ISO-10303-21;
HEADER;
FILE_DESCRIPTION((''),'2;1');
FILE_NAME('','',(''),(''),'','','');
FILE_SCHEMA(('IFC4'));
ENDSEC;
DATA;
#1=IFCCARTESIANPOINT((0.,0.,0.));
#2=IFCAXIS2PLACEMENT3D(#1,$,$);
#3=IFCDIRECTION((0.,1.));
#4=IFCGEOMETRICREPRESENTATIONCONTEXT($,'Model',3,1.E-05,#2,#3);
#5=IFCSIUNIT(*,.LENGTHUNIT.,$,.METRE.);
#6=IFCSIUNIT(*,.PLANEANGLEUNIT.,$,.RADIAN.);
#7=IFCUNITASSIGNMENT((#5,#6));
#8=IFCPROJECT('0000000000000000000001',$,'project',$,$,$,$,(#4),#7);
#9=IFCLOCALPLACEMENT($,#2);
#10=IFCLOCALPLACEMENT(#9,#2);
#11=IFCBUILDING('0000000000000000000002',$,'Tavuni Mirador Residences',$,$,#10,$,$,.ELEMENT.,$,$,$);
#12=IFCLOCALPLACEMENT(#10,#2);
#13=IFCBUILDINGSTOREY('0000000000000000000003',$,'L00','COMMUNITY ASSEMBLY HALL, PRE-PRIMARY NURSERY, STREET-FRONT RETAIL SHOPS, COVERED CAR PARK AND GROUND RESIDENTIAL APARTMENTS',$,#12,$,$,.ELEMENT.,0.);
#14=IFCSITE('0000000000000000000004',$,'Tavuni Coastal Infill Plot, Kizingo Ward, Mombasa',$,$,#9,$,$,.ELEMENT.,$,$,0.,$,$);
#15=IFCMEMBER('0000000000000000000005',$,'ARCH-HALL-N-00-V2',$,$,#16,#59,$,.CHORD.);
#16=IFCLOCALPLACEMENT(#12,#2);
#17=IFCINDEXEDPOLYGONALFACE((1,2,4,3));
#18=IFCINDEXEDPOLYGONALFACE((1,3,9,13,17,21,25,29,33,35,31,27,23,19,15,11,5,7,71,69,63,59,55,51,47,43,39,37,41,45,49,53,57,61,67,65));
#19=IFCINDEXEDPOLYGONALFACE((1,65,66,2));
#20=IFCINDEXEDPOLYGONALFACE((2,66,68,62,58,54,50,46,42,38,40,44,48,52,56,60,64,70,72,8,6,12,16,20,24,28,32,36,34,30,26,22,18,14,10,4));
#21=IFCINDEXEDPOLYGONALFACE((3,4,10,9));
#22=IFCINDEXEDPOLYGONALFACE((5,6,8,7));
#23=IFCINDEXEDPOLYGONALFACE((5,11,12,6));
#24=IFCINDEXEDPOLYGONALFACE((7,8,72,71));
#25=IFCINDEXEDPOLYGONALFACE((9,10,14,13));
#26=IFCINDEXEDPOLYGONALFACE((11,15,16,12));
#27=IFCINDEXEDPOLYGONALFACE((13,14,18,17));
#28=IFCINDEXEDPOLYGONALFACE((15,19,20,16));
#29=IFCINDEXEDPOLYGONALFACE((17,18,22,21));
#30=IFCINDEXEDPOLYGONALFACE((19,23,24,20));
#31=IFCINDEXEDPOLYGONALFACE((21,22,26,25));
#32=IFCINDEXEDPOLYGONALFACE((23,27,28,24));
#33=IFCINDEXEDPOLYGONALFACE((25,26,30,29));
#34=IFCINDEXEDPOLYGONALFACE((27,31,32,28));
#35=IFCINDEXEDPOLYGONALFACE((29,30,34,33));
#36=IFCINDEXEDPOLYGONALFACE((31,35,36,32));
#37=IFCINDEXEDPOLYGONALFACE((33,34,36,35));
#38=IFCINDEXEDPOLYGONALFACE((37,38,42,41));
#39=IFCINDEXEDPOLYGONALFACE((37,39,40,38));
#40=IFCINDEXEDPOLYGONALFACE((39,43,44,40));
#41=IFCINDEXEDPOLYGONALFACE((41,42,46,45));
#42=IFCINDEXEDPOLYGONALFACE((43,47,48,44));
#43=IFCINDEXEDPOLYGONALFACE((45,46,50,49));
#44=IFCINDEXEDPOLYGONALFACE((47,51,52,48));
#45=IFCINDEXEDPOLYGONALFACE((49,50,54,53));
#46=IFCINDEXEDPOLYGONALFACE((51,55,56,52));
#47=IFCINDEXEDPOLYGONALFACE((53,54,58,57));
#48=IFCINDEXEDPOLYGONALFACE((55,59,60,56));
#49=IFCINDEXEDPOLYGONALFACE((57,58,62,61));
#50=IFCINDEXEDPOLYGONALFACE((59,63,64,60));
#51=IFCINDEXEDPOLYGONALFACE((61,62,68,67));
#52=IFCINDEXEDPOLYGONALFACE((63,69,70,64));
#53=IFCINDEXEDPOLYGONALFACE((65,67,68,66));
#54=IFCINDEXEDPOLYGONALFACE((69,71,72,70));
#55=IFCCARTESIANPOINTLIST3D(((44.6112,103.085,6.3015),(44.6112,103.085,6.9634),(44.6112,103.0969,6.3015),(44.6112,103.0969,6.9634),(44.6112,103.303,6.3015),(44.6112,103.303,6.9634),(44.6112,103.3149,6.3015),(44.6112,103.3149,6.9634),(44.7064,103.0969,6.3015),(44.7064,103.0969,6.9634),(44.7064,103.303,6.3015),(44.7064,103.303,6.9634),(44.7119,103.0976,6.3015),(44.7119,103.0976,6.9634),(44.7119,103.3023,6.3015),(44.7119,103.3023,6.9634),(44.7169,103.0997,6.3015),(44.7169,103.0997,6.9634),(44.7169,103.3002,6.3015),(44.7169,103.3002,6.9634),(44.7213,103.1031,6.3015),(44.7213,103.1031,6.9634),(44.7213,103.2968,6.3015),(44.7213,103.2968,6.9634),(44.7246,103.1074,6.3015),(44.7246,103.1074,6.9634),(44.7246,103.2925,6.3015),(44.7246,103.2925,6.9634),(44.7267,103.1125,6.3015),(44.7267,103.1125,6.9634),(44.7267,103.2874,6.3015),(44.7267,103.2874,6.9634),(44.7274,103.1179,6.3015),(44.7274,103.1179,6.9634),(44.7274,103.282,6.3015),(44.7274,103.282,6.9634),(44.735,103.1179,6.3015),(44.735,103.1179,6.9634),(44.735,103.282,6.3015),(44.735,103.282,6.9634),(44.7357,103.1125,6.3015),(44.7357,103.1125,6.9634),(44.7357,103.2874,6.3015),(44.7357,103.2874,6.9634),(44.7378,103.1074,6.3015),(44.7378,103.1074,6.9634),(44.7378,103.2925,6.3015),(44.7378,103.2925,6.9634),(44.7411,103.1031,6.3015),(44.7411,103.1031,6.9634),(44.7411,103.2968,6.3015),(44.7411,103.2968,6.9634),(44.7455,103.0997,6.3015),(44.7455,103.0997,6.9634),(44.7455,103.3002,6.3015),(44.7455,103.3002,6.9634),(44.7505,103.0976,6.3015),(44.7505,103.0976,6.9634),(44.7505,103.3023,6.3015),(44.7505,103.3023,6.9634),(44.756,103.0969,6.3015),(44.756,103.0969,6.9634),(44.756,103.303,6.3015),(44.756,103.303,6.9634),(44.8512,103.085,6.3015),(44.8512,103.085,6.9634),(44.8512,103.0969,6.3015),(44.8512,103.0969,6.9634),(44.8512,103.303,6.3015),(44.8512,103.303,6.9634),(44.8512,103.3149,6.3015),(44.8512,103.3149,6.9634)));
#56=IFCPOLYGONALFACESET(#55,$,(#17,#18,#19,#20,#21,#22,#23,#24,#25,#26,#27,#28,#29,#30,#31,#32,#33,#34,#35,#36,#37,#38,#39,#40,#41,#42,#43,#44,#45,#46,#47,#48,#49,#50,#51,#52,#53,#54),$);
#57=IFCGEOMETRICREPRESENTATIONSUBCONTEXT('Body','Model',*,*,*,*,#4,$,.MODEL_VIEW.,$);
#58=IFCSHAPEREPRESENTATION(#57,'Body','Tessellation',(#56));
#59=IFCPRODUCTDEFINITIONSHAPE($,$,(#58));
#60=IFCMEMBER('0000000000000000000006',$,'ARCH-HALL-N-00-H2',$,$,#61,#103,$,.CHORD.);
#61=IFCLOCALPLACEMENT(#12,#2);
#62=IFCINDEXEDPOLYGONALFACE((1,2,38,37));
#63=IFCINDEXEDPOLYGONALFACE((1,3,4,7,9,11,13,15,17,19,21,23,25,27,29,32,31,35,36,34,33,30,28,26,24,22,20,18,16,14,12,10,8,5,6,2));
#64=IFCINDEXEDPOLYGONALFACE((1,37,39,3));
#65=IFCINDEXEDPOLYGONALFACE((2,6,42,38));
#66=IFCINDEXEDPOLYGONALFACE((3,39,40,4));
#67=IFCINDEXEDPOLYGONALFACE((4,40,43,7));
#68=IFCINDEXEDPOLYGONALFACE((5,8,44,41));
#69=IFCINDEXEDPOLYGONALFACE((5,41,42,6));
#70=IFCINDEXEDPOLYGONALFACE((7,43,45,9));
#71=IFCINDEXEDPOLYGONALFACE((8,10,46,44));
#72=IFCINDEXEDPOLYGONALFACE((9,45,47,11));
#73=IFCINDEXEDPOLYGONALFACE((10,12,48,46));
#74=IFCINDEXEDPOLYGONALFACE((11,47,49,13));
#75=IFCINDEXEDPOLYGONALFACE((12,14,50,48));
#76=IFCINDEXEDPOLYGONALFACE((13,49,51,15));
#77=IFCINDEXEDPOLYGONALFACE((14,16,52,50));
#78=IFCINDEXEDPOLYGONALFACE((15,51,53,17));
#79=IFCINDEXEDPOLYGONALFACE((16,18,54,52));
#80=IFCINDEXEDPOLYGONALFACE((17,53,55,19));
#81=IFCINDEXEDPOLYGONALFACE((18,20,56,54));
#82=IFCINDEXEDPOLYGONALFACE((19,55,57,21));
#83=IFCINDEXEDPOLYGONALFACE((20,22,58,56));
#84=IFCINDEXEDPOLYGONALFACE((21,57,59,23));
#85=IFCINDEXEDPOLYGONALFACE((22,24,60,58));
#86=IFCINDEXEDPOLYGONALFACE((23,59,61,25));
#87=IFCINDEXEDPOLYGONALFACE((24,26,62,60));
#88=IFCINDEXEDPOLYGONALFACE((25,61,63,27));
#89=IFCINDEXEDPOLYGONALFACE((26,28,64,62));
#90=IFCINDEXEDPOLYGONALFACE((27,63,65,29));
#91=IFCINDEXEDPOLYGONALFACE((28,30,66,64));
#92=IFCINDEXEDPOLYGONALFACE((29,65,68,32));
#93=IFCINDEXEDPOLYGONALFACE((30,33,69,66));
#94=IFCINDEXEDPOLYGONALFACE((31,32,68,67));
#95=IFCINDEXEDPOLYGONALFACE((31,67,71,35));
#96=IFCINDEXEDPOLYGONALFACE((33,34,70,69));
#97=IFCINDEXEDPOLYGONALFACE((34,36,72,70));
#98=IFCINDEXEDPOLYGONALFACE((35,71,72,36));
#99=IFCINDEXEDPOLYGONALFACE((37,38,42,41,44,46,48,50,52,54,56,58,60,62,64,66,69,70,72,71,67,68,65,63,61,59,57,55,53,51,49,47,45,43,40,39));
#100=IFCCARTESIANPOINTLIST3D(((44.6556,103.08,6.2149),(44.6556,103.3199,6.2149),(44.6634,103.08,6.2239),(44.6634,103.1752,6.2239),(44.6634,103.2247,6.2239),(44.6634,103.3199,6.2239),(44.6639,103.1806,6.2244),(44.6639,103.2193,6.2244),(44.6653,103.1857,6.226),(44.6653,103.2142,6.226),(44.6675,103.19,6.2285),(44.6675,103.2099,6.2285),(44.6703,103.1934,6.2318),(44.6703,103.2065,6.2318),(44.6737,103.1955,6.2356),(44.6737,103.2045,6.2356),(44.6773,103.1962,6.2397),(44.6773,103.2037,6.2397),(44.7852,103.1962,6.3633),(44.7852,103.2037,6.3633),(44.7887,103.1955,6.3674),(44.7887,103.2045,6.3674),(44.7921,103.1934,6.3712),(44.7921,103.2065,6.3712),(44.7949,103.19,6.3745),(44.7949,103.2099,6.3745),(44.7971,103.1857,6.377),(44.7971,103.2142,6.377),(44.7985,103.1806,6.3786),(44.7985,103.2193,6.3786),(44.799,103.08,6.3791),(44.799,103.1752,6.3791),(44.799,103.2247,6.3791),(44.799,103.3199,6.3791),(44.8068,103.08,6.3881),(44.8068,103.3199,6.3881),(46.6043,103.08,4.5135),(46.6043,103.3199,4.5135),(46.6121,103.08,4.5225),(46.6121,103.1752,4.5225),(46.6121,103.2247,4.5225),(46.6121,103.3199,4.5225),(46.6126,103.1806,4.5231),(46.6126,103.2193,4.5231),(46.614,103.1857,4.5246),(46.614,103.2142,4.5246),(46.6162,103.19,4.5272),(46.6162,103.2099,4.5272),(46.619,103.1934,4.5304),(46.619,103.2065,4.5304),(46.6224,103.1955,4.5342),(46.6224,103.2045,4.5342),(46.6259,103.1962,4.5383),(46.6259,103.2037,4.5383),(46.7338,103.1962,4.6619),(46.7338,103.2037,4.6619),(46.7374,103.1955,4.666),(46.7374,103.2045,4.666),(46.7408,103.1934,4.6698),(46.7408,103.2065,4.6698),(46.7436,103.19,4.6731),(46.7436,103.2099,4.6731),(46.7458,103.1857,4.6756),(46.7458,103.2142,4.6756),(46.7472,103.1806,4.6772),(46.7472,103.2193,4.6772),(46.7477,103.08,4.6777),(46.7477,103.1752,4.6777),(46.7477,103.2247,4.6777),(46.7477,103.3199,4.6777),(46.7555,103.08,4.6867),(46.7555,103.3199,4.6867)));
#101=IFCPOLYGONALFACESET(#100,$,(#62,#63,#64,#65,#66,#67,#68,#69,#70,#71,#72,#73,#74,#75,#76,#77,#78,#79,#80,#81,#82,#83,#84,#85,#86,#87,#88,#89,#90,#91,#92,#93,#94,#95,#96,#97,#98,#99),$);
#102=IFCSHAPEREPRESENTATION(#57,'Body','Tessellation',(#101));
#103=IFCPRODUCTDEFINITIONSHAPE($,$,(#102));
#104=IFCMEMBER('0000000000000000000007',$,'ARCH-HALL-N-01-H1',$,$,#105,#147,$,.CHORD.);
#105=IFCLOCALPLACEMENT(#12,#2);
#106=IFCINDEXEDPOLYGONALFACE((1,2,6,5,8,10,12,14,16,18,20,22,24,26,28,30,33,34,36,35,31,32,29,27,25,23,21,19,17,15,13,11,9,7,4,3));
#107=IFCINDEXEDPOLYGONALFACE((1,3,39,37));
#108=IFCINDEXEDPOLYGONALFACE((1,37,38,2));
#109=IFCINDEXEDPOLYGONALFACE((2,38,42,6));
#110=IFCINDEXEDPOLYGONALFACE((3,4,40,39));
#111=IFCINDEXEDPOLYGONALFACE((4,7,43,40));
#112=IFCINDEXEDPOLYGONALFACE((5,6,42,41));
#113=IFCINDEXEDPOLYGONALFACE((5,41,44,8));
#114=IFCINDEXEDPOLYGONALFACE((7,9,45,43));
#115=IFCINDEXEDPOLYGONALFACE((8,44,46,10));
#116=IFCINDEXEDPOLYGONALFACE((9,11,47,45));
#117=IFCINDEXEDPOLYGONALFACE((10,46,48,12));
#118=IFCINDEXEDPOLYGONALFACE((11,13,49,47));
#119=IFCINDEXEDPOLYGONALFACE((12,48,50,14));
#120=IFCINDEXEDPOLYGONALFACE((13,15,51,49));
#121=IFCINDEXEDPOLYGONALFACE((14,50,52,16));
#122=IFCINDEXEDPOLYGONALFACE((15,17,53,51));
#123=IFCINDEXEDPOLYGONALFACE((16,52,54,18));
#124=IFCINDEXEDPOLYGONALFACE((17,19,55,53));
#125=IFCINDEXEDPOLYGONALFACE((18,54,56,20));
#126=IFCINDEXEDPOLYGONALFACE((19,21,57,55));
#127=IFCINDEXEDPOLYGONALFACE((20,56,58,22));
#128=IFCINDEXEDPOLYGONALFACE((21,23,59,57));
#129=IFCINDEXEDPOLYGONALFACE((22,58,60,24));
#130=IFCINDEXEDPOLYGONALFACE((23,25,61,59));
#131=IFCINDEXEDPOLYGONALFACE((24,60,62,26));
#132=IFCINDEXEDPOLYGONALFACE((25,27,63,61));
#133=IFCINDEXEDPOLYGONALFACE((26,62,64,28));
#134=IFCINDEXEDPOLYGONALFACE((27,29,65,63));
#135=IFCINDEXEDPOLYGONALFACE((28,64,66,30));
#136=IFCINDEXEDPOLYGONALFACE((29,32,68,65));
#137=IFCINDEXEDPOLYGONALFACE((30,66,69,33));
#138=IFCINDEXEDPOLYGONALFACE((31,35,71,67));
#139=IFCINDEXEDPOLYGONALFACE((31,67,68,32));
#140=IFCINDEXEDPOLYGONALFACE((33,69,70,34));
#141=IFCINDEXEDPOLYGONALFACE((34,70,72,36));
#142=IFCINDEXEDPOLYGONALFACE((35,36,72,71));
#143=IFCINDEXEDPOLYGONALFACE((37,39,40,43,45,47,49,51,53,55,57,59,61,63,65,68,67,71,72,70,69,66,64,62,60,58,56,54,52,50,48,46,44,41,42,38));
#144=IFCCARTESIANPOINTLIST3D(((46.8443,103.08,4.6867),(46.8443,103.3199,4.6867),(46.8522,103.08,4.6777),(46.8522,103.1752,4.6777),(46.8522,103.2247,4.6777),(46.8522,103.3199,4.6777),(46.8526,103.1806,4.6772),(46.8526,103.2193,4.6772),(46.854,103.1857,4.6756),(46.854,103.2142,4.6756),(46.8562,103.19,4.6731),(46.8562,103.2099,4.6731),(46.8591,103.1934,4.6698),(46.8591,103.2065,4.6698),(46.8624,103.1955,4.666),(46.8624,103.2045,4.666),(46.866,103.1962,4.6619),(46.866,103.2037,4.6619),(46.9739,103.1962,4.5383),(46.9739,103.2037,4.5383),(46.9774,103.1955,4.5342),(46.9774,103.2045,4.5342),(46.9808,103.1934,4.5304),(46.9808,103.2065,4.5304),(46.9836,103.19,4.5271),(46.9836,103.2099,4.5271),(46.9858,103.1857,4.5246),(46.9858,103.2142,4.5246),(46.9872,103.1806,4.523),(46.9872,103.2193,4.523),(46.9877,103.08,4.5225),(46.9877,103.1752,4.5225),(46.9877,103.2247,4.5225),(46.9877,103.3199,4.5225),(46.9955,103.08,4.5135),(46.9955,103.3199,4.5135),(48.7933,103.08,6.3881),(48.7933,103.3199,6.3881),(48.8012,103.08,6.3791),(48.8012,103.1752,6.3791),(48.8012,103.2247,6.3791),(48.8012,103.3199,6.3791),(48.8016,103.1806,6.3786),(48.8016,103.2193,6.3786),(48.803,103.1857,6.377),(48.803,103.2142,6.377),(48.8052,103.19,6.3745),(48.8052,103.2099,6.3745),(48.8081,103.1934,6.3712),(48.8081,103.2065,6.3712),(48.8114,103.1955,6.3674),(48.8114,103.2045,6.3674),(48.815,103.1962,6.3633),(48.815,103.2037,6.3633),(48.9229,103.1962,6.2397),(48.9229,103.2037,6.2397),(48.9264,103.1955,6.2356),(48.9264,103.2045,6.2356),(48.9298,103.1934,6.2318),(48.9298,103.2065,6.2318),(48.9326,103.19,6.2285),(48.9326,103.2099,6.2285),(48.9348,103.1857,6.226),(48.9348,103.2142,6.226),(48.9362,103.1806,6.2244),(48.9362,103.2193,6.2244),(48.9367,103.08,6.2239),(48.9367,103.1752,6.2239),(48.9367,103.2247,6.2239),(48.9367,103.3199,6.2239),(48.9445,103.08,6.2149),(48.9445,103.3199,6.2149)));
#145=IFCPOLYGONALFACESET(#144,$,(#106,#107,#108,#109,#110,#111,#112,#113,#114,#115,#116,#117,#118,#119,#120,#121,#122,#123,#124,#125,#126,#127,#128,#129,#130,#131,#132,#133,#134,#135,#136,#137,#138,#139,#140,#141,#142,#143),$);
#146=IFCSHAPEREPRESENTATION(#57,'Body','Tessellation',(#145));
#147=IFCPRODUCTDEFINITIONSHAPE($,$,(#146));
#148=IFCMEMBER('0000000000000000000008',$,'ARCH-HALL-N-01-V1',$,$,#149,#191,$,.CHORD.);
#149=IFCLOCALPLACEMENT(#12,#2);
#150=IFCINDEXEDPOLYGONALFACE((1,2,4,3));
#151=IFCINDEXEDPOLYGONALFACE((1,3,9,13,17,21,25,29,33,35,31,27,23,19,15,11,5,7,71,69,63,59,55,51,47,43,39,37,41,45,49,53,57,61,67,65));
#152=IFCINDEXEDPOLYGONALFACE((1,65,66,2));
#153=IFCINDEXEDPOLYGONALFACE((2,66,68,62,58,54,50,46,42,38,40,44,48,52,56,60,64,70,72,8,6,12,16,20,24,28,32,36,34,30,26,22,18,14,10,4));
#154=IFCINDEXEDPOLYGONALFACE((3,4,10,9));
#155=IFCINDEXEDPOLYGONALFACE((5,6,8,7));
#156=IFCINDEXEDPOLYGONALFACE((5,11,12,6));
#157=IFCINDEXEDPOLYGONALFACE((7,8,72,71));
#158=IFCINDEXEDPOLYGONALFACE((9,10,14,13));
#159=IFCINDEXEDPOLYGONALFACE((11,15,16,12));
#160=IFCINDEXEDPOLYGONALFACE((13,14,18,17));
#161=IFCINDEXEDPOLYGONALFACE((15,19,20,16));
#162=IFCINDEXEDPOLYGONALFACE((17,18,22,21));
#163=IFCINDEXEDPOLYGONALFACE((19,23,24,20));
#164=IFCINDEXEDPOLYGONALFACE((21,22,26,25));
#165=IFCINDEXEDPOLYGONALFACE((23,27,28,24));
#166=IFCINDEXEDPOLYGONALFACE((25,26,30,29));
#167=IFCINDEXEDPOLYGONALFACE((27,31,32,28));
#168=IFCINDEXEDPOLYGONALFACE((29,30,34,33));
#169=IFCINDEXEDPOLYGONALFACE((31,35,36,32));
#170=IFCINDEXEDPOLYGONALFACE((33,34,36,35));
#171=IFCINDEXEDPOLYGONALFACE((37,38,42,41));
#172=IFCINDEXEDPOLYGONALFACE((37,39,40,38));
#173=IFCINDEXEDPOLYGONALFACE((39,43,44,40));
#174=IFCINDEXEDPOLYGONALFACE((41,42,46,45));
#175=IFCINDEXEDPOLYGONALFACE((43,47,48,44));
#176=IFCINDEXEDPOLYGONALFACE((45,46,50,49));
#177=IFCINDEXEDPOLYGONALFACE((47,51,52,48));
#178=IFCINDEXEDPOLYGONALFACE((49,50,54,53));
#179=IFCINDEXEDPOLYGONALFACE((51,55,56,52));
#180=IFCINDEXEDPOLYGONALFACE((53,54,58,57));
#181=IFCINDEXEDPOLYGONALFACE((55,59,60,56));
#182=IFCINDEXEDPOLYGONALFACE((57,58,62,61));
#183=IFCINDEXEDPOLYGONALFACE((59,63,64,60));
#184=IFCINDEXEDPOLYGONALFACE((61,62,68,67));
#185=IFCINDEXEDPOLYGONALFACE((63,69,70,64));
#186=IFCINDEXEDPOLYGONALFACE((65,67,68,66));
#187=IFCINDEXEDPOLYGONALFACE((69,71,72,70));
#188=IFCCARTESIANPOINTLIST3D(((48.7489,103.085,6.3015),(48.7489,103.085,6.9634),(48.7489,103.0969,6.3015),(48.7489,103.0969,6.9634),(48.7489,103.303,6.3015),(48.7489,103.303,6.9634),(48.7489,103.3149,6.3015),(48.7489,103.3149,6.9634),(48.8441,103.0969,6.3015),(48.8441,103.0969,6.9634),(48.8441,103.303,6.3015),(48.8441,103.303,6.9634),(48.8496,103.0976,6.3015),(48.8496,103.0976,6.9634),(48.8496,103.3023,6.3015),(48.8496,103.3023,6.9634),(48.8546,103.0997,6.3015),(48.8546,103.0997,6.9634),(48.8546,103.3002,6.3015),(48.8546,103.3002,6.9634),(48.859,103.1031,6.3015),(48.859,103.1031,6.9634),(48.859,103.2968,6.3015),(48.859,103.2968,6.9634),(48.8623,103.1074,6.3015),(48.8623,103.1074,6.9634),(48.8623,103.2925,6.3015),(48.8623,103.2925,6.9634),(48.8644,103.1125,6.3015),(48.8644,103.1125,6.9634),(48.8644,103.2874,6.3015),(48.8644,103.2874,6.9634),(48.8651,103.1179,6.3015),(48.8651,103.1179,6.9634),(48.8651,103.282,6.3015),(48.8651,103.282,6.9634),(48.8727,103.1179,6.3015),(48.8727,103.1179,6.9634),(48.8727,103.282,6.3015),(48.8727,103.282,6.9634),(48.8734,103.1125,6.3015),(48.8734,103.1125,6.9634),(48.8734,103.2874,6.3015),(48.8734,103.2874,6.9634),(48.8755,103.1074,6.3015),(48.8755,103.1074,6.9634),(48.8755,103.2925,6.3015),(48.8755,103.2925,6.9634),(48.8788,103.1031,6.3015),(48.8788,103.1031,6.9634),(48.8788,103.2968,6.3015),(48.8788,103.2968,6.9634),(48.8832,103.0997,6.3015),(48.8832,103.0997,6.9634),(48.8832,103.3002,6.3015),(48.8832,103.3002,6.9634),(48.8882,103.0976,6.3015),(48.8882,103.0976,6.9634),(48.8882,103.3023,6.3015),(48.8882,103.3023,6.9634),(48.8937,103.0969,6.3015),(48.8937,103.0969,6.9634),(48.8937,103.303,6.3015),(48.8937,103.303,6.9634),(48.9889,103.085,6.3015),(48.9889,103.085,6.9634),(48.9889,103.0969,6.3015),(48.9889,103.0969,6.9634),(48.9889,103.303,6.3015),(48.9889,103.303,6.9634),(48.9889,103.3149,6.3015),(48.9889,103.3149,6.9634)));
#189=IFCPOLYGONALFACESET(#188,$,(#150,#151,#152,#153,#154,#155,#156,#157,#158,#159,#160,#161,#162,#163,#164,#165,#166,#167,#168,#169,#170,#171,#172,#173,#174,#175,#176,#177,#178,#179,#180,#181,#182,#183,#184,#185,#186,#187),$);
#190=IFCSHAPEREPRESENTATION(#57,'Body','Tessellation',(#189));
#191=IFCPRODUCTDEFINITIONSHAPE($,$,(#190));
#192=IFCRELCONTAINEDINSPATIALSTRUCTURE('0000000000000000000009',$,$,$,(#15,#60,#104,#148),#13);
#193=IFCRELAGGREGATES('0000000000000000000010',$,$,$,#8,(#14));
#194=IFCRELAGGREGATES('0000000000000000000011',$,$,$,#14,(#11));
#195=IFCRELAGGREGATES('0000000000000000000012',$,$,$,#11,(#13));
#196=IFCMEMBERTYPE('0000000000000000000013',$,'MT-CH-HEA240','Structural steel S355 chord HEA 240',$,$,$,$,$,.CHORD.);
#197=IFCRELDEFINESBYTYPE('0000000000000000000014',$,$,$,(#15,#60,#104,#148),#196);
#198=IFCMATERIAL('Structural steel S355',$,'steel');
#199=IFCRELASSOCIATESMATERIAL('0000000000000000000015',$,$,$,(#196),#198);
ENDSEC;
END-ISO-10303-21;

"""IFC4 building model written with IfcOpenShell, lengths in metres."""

from ifc_helpers import new_model, si_unit, direction, frame, origin, origin_2d, place, context, subcontext, project, spatial, i_section, extrude, material, material_profile, profile_set, type_object, element, save


model = new_model("IFC4")

# Units and contexts
model_context = context("Model", 3, precision=1e-05, world=origin(), true_north=direction((0.0, 1.0)))
body_context = subcontext(model_context, "Body", "Model", "MODEL_VIEW")
ifc_project = project(units=[si_unit("LENGTHUNIT", "METRE"), si_unit("PLANEANGLEUNIT", "RADIAN")], contexts=[model_context])

# Site, building, storey
site_placement = place(None, origin())
site = spatial("IfcSite", under=ifc_project, at=site_placement, Name="Tavuni Coastal Infill Plot, Kizingo Ward, Mombasa", CompositionType="ELEMENT", RefElevation=0.0)
building_placement = place(site_placement, origin())
building = spatial("IfcBuilding", under=site, at=building_placement, Name="Tavuni Mirador Residences", CompositionType="ELEMENT")
storey_placement = place(building_placement, origin())
storey = spatial("IfcBuildingStorey", under=building, at=storey_placement, Name="L00", Description="COMMUNITY ASSEMBLY HALL, PRE-PRIMARY NURSERY, STREET-FRONT RETAIL SHOPS, COVERED CAR PARK AND GROUND RESIDENTIAL APARTMENTS", CompositionType="ELEMENT", Elevation=0.0)

# Shared definitions
ifc_material_1 = material(Name="Structural steel S355", Category="steel")

# Members
ifc_material_profile_1 = material_profile(ifc_material_1, i_section(OverallWidth=0.24, OverallDepth=0.23, WebThickness=0.0076, FlangeThickness=0.012, FilletRadius=0.021, at=origin_2d()), Name="HEA 240", Category="steel")
ifc_profile_set_1 = profile_set([ifc_material_profile_1], Name="Structural steel S355")
member_type = type_object("IfcMemberType", Name="MT-CH-HEA240", Description="Structural steel S355 chord HEA 240", PredefinedType="CHORD", material=ifc_profile_set_1)
member_1_placement = place(storey_placement, frame((44.7312, 103.2, 6.3015), z_axis=(0.0, 0.0, 1.0), x_axis=(1.0, 0.0, 0.0)))
element("IfcMember", 1, at=member_1_placement, inside=storey, type_object=member_type, Name="ARCH-HALL-N-00-V2", PredefinedType="CHORD", context=body_context, shape_type="SweptSolid", body=[
    extrude(i_section(OverallWidth=0.24, OverallDepth=0.23, WebThickness=0.0076, FlangeThickness=0.012, FilletRadius=0.021, at=origin_2d()), origin(), (0.0, 0.0, 1.0), 0.6619),
])
member_2_placement = place(storey_placement, frame((44.7312, 103.2, 6.3015), z_axis=(0.753289, 0.0, -0.657689), x_axis=(0.0, 1.0, 0.0)))
element("IfcMember", 2, at=member_2_placement, inside=storey, type_object=member_type, Name="ARCH-HALL-N-00-H2", PredefinedType="CHORD", context=body_context, shape_type="SweptSolid", body=[
    extrude(i_section(OverallWidth=0.24, OverallDepth=0.23, WebThickness=0.0076, FlangeThickness=0.012, FilletRadius=0.021, at=origin_2d()), origin(), (0.0, 0.0, 1.0), 2.5869),
])
member_3_placement = place(storey_placement, frame((46.9199, 103.2, 4.6001), z_axis=(0.75333, 0.0, 0.657642), x_axis=(0.0, 1.0, 0.0)))
element("IfcMember", 3, at=member_3_placement, inside=storey, type_object=member_type, Name="ARCH-HALL-N-01-H1", PredefinedType="CHORD", context=body_context, shape_type="SweptSolid", body=[
    extrude(i_section(OverallWidth=0.24, OverallDepth=0.23, WebThickness=0.0076, FlangeThickness=0.012, FilletRadius=0.021, at=origin_2d()), origin(), (0.0, 0.0, 1.0), 2.5872),
])
member_4_placement = place(storey_placement, frame((48.8689, 103.2, 6.3015), z_axis=(0.0, 0.0, 1.0), x_axis=(1.0, 0.0, 0.0)))
element("IfcMember", 4, at=member_4_placement, inside=storey, type_object=member_type, Name="ARCH-HALL-N-01-V1", PredefinedType="CHORD", context=body_context, shape_type="SweptSolid", body=[
    extrude(i_section(OverallWidth=0.24, OverallDepth=0.23, WebThickness=0.0076, FlangeThickness=0.012, FilletRadius=0.021, at=origin_2d()), origin(), (0.0, 0.0, 1.0), 0.6619),
])

save(model, "model.ifc")
